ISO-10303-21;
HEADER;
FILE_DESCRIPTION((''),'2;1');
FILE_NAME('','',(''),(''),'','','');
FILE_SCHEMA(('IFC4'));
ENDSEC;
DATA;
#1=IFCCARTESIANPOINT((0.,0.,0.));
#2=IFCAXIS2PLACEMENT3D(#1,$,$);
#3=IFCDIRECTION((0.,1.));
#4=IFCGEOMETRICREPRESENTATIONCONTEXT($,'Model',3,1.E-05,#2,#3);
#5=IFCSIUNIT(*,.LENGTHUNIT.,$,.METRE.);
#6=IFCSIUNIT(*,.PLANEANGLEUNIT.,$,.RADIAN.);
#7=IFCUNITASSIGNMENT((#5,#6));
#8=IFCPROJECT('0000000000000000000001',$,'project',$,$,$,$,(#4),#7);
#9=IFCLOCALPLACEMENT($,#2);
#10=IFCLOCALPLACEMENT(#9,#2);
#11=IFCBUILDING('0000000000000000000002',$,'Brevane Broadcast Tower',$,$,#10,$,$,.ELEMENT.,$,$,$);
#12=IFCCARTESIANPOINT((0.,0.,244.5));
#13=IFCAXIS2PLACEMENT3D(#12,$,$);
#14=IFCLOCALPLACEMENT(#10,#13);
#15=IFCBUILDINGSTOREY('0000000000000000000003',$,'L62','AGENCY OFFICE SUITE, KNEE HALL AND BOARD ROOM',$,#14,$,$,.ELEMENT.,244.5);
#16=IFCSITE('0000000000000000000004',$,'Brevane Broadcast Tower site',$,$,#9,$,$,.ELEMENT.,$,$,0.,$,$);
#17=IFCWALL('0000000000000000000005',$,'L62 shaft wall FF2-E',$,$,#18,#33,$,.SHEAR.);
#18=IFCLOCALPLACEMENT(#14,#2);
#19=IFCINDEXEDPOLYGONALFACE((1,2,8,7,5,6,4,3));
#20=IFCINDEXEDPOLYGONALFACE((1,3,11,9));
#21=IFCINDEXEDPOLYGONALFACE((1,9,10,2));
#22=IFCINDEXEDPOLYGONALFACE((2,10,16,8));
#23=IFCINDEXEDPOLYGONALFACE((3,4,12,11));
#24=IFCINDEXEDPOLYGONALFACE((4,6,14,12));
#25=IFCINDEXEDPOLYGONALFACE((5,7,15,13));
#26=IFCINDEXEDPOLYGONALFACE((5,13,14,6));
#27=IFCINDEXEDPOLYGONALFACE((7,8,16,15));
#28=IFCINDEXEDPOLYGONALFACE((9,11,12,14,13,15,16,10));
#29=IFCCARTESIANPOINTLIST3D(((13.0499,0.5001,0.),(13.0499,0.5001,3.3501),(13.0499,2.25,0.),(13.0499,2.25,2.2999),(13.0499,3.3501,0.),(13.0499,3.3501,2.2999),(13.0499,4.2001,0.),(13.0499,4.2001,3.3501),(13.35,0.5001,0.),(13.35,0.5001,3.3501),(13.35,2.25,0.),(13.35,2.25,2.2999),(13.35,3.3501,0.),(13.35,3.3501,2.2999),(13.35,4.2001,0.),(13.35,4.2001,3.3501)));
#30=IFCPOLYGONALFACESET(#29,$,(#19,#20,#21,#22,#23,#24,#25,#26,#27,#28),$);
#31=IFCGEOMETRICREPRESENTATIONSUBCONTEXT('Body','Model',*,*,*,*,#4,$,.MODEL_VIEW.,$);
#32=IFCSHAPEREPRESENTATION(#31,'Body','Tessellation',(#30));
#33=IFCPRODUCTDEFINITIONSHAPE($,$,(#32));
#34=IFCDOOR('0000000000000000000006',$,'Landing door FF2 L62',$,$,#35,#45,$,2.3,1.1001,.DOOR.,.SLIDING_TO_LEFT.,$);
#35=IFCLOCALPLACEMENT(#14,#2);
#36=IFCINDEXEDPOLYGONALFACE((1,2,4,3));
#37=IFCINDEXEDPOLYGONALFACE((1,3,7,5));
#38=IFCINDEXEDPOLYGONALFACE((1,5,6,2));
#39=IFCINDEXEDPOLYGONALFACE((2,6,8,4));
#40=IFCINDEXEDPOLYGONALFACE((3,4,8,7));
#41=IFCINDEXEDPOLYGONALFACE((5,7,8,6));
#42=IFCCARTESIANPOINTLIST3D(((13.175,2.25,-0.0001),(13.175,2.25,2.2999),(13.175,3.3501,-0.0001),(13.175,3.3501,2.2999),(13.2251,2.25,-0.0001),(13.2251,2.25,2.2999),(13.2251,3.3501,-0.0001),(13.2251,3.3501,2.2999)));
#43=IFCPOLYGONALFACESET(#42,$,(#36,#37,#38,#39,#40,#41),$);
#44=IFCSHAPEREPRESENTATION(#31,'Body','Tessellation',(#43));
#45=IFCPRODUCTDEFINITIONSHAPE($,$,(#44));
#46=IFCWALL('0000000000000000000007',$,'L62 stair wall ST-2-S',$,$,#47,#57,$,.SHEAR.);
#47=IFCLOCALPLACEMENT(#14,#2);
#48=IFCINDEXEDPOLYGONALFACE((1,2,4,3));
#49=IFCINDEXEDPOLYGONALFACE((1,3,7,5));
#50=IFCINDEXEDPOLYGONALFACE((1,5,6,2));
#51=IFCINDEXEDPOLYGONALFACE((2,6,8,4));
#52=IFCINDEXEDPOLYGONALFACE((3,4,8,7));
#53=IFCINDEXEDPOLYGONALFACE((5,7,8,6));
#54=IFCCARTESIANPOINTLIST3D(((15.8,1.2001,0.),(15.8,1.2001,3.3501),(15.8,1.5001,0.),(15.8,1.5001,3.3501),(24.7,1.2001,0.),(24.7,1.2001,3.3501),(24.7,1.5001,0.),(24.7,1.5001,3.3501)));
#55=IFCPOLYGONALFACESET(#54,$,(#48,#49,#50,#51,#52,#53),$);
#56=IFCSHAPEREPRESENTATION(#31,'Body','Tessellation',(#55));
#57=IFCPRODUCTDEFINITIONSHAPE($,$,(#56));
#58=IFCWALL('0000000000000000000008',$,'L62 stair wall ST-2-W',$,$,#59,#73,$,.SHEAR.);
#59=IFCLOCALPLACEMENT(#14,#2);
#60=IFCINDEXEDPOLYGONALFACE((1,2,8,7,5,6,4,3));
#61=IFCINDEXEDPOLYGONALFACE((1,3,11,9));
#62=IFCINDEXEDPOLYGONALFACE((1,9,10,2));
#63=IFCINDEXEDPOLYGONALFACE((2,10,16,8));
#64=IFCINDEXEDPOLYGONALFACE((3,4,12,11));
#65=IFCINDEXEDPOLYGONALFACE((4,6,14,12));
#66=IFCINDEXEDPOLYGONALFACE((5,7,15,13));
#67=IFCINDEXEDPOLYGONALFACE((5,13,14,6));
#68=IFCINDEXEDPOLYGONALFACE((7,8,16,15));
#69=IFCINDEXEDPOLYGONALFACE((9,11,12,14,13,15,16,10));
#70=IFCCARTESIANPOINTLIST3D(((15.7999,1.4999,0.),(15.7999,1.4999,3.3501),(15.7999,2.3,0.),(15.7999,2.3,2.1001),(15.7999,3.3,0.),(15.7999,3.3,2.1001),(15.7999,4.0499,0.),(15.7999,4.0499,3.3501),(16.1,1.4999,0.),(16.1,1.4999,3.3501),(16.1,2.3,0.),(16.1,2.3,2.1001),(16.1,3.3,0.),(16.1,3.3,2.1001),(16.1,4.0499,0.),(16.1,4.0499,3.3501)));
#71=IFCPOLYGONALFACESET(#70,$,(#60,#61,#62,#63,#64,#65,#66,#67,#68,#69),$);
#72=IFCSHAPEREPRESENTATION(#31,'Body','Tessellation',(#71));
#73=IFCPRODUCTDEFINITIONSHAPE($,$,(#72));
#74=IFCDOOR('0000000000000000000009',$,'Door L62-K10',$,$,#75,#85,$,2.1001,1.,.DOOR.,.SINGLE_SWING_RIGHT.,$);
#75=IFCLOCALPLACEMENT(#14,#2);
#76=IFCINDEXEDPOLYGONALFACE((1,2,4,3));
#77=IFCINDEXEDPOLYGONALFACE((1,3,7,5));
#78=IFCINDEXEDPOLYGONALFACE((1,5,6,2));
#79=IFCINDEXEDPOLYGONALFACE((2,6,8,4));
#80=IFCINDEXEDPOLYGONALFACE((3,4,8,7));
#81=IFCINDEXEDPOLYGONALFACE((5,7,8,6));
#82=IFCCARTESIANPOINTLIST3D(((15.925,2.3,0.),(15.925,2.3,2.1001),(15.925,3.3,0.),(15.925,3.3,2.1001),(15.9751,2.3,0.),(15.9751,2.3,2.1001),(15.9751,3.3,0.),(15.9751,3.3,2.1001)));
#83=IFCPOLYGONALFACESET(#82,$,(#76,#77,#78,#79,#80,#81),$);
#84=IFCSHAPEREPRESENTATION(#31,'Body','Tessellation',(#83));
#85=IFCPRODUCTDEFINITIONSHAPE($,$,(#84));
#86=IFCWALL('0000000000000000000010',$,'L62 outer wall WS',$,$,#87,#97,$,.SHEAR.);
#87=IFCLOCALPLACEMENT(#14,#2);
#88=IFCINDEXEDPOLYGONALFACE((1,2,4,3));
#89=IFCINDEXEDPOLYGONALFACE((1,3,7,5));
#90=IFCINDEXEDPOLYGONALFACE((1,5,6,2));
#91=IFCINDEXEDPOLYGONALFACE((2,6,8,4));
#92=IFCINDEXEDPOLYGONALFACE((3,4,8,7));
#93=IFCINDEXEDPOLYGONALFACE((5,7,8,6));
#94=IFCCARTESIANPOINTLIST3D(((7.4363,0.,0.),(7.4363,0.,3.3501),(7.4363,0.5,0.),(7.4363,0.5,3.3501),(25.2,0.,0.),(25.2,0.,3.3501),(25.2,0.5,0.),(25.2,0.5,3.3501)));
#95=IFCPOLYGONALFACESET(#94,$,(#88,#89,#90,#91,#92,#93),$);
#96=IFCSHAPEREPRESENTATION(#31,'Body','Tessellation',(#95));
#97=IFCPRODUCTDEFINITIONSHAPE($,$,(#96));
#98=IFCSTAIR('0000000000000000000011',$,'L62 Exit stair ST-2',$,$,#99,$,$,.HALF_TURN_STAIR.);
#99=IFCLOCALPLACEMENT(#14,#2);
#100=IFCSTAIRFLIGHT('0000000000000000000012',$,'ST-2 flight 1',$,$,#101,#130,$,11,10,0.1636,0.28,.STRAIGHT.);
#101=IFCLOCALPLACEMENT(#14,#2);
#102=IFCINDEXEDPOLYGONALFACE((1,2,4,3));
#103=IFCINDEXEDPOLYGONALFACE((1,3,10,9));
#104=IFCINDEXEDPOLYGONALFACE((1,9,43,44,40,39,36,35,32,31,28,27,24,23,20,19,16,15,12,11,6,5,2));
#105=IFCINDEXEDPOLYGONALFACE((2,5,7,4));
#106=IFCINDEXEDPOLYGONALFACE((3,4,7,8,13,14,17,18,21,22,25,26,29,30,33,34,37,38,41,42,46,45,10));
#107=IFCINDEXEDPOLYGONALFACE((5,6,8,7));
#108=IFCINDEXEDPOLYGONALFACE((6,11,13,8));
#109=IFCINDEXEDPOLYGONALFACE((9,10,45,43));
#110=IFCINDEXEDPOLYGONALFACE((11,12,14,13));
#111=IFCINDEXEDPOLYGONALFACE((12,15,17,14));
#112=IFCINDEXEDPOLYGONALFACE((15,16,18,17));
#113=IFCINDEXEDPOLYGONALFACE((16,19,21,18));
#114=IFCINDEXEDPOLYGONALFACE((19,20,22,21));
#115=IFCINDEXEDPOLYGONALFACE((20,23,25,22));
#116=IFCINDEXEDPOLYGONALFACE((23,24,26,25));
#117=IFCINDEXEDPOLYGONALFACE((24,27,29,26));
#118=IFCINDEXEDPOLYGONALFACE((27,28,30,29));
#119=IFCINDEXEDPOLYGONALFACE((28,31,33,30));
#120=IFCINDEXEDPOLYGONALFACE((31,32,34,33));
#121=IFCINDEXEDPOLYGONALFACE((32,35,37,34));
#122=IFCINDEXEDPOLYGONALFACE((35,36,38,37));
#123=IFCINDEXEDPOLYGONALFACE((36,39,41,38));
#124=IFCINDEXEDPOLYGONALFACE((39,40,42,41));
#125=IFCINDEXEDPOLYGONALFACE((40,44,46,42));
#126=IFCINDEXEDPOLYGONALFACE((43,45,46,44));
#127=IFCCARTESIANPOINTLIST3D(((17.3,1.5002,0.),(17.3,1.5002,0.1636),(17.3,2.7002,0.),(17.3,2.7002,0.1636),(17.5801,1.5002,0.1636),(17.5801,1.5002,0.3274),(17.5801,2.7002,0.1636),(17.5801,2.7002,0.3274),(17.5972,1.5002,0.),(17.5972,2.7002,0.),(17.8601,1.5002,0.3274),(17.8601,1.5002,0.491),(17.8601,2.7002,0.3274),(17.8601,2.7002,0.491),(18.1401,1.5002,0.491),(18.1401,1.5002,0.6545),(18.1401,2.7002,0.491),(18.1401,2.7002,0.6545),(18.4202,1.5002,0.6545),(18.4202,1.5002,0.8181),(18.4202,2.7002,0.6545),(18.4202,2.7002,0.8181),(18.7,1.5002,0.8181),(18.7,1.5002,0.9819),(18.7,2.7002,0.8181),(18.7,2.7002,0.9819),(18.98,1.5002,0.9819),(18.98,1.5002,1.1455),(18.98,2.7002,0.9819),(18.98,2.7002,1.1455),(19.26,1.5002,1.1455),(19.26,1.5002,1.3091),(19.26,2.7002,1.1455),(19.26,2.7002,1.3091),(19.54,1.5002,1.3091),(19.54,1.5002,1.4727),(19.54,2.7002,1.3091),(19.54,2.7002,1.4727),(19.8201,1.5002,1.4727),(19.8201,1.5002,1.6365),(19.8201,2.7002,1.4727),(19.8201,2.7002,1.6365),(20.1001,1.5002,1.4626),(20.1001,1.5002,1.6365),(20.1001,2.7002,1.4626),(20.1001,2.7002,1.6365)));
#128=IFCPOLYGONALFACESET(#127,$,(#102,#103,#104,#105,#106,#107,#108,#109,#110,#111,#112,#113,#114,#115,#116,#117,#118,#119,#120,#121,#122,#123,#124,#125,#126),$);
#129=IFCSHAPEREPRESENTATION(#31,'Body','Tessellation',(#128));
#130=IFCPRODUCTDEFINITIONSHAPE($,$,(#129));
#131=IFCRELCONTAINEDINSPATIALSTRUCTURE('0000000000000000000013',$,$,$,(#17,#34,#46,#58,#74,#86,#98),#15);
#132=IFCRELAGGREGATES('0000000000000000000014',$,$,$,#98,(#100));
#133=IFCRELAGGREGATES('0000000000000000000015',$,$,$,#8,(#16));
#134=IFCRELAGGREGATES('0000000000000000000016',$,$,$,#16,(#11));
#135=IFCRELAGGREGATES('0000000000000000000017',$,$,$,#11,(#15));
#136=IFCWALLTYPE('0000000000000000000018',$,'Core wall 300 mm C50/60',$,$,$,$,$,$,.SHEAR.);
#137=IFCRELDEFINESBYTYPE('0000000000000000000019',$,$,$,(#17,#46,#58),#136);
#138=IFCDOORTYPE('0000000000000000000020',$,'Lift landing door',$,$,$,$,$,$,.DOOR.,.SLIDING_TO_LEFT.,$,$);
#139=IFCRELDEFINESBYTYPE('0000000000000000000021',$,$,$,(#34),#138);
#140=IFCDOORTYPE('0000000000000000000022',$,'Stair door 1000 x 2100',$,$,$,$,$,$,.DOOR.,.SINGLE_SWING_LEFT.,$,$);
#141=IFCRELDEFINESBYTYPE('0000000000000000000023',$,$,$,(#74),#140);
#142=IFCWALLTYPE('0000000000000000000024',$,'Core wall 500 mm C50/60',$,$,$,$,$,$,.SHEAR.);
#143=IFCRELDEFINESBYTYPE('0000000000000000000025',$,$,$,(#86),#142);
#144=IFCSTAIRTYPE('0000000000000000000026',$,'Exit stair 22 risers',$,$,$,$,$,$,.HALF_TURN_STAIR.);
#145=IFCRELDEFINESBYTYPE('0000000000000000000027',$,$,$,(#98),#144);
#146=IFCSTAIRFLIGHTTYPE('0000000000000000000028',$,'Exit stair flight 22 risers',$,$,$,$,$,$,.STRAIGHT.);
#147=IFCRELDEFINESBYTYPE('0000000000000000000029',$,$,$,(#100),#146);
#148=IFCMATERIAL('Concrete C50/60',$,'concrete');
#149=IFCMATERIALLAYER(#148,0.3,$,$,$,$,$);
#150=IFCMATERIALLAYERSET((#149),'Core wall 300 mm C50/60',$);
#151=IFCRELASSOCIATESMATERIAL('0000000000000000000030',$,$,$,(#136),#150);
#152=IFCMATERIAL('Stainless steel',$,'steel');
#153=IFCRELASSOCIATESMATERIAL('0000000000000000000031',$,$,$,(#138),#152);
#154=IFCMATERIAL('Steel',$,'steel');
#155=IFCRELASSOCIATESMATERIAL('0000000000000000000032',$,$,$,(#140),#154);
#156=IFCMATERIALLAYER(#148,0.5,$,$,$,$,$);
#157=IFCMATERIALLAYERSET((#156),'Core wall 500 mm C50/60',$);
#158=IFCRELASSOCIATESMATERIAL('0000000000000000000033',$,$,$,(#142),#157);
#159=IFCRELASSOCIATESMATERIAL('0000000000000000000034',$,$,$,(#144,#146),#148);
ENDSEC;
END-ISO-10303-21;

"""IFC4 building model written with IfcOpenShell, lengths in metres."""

from ifc_helpers import new_model, si_unit, direction, frame, frame_2d, origin, place, context, subcontext, project, spatial, polyline, rectangle, outline, extrude, material, layer, layer_set, type_object, element, fill, aggregate, save


model = new_model("IFC4")

# Units and contexts
model_context = context("Model", 3, precision=1e-05, world=origin(), true_north=direction((0.0, 1.0)))
body_context = subcontext(model_context, "Body", "Model", "MODEL_VIEW")
ifc_project = project(units=[si_unit("LENGTHUNIT", "METRE"), si_unit("PLANEANGLEUNIT", "RADIAN")], contexts=[model_context])

# Site, building, storey
site_placement = place(None, origin())
site = spatial("IfcSite", under=ifc_project, at=site_placement, Name="Brevane Broadcast Tower site", CompositionType="ELEMENT", RefElevation=0.0)
building_placement = place(site_placement, origin())
building = spatial("IfcBuilding", under=site, at=building_placement, Name="Brevane Broadcast Tower", CompositionType="ELEMENT")
storey_placement = place(building_placement, frame((0.0, 0.0, 244.5)))
storey = spatial("IfcBuildingStorey", under=building, at=storey_placement, Name="L62", Description="AGENCY OFFICE SUITE, KNEE HALL AND BOARD ROOM", CompositionType="ELEMENT", Elevation=244.5)

# Shared definitions
ifc_material_1 = material(Name="Concrete C50/60", Category="concrete")
ifc_layer_1 = layer(ifc_material_1, 0.3)
ifc_layer_set_1 = layer_set([ifc_layer_1], Name="Core wall 300 mm C50/60")
wall_type_1 = type_object("IfcWallType", Name="Core wall 300 mm C50/60", PredefinedType="SHEAR", material=ifc_layer_set_1)

# Wall, opening, door
wall_1_placement = place(storey_placement, frame((13.2, 0.5, 0.0), z_axis=(0.0, 0.0, 1.0), x_axis=(0.0, 1.0, 0.0)))
wall_1 = element("IfcWall", 1, at=wall_1_placement, inside=storey, type_object=wall_type_1, Name="L62 shaft wall FF2-E", PredefinedType="SHEAR", context=body_context, shape_type="SweptSolid", body=[
    extrude(rectangle(XDim=3.7, YDim=0.3, at=frame_2d((1.8501, 0.0))), origin(), (0.0, 0.0, 1.0), 3.3501),
])
opening_1_placement = place(wall_1_placement, frame((1.75, 0.0, 0.0)))
opening_1 = element("IfcOpeningElement", 2, at=opening_1_placement, cuts=wall_1, PredefinedType="OPENING", context=body_context, shape_type="SweptSolid", body=[
    extrude(rectangle(XDim=1.1001, YDim=2.3, at=frame_2d((0.55, 1.1499))), frame((0.0, 0.1599, 0.0), z_axis=(0.0, -1.0, 0.0), x_axis=(1.0, 0.0, 0.0)), (0.0, 0.0, 1.0), 0.3201),
])
ifc_material_2 = material(Name="Stainless steel", Category="steel")
door_type_1 = type_object("IfcDoorType", Name="Lift landing door", OperationType="SLIDING_TO_LEFT", PredefinedType="DOOR", material=ifc_material_2)
door_1_placement = place(opening_1_placement, origin())
door_1 = element("IfcDoor", 3, at=door_1_placement, inside=storey, type_object=door_type_1, Name="Landing door FF2 L62", OperationType="SLIDING_TO_LEFT", OverallHeight=2.3, OverallWidth=1.1001, PredefinedType="DOOR", context=body_context, shape_type="SweptSolid", body=[
    extrude(rectangle(XDim=1.1001, YDim=2.3, at=frame_2d((0.55, 1.1499))), frame((0.0, 0.0249, 0.0), z_axis=(0.0, -1.0, 0.0), x_axis=(1.0, 0.0, 0.0)), (0.0, 0.0, 1.0), 0.05),
])
fill(opening_1, door_1)

# Wall
wall_2_placement = place(storey_placement, frame((15.8, 1.3501, 0.0), z_axis=(0.0, 0.0, 1.0), x_axis=(1.0, 0.0, 0.0)))
element("IfcWall", 4, at=wall_2_placement, inside=storey, type_object=wall_type_1, Name="L62 stair wall ST-2-S", PredefinedType="SHEAR", context=body_context, shape_type="SweptSolid", body=[
    extrude(rectangle(XDim=8.8999, YDim=0.3, at=frame_2d((4.45, 0.0))), origin(), (0.0, 0.0, 1.0), 3.3501),
])

# Wall, opening, door
wall_3_placement = place(storey_placement, frame((15.95, 1.5, 0.0), z_axis=(0.0, 0.0, 1.0), x_axis=(0.0, 1.0, 0.0)))
wall_3 = element("IfcWall", 5, at=wall_3_placement, inside=storey, type_object=wall_type_1, Name="L62 stair wall ST-2-W", PredefinedType="SHEAR", context=body_context, shape_type="SweptSolid", body=[
    extrude(rectangle(XDim=2.55, YDim=0.3, at=frame_2d((1.2749, 0.0))), origin(), (0.0, 0.0, 1.0), 3.3501),
])
opening_2_placement = place(wall_3_placement, frame((0.8, 0.0, 0.0)))
opening_2 = element("IfcOpeningElement", 6, at=opening_2_placement, cuts=wall_3, PredefinedType="OPENING", context=body_context, shape_type="SweptSolid", body=[
    extrude(rectangle(XDim=1.0, YDim=2.1001, at=frame_2d((0.5, 1.05))), frame((0.0, 0.1599, 0.0), z_axis=(0.0, -1.0, 0.0), x_axis=(1.0, 0.0, 0.0)), (0.0, 0.0, 1.0), 0.3201),
])
ifc_material_3 = material(Name="Steel", Category="steel")
door_type_2 = type_object("IfcDoorType", Name="Stair door 1000 x 2100", OperationType="SINGLE_SWING_LEFT", PredefinedType="DOOR", material=ifc_material_3)
door_2_placement = place(opening_2_placement, origin())
door_2 = element("IfcDoor", 7, at=door_2_placement, inside=storey, type_object=door_type_2, Name="Door L62-K10", OperationType="SINGLE_SWING_RIGHT", OverallHeight=2.1001, OverallWidth=1.0, PredefinedType="DOOR", context=body_context, shape_type="SweptSolid", body=[
    extrude(rectangle(XDim=1.0, YDim=2.1001, at=frame_2d((0.5, 1.05))), frame((0.0, 0.0249, 0.0), z_axis=(0.0, -1.0, 0.0), x_axis=(1.0, 0.0, 0.0)), (0.0, 0.0, 1.0), 0.05),
])
fill(opening_2, door_2)

# Wall
ifc_layer_2 = layer(ifc_material_1, 0.5)
ifc_layer_set_2 = layer_set([ifc_layer_2], Name="Core wall 500 mm C50/60")
wall_type_2 = type_object("IfcWallType", Name="Core wall 500 mm C50/60", PredefinedType="SHEAR", material=ifc_layer_set_2)
wall_4_placement = place(storey_placement, frame((7.4363, 0.25, 0.0), z_axis=(0.0, 0.0, 1.0), x_axis=(1.0, 0.0, 0.0)))
element("IfcWall", 8, at=wall_4_placement, inside=storey, type_object=wall_type_2, Name="L62 outer wall WS", PredefinedType="SHEAR", context=body_context, shape_type="SweptSolid", body=[
    extrude(rectangle(XDim=17.7637, YDim=0.5, at=frame_2d((8.8818, 0.0))), origin(), (0.0, 0.0, 1.0), 3.3501),
])

# Stair, stair flight
stair_type = type_object("IfcStairType", Name="Exit stair 22 risers", PredefinedType="HALF_TURN_STAIR", material=ifc_material_1)
stair_placement = place(storey_placement, origin())
stair = element("IfcStair", 9, at=stair_placement, inside=storey, type_object=stair_type, Name="L62 Exit stair ST-2", PredefinedType="HALF_TURN_STAIR")
stair_flight_type = type_object("IfcStairFlightType", Name="Exit stair flight 22 risers", PredefinedType="STRAIGHT", material=ifc_material_1)
stair_flight_placement = place(storey_placement, frame((17.3, 2.1001, 0.0), z_axis=(0.0, 0.0, 1.0), x_axis=(1.0, 0.0, 0.0)))
stair_flight = element("IfcStairFlight", 10, at=stair_flight_placement, type_object=stair_flight_type, Name="ST-2 flight 1", NumberOfRisers=11, NumberOfTreads=10, PredefinedType="STRAIGHT", RiserHeight=0.1636, TreadLength=0.28, context=body_context, shape_type="SweptSolid", body=[
    extrude(outline(polyline([(0.0, 0.0), (0.0, 0.1636), (0.28, 0.1636), (0.28, 0.3274), (0.5601, 0.3274), (0.5601, 0.491), (0.8401, 0.491), (0.8401, 0.6545), (1.1201, 0.6545), (1.1201, 0.8181), (1.3999, 0.8181), (1.3999, 0.9819), (1.6799, 0.9819), (1.6799, 1.1455), (1.96, 1.1455), (1.96, 1.3091), (2.24, 1.3091), (2.24, 1.4727), (2.52, 1.4727), (2.52, 1.6365), (2.8, 1.6365), (2.8, 1.8), (2.8, 1.4626), (0.2971, 0.0), (0.0, 0.0)])), frame((0.0, 0.6001, 0.0), z_axis=(0.0, -1.0, 0.0), x_axis=(1.0, 0.0, 0.0)), (0.0, 0.0, 1.0), 1.2),
])
aggregate(stair, [stair_flight])

save(model, "model.ifc")
